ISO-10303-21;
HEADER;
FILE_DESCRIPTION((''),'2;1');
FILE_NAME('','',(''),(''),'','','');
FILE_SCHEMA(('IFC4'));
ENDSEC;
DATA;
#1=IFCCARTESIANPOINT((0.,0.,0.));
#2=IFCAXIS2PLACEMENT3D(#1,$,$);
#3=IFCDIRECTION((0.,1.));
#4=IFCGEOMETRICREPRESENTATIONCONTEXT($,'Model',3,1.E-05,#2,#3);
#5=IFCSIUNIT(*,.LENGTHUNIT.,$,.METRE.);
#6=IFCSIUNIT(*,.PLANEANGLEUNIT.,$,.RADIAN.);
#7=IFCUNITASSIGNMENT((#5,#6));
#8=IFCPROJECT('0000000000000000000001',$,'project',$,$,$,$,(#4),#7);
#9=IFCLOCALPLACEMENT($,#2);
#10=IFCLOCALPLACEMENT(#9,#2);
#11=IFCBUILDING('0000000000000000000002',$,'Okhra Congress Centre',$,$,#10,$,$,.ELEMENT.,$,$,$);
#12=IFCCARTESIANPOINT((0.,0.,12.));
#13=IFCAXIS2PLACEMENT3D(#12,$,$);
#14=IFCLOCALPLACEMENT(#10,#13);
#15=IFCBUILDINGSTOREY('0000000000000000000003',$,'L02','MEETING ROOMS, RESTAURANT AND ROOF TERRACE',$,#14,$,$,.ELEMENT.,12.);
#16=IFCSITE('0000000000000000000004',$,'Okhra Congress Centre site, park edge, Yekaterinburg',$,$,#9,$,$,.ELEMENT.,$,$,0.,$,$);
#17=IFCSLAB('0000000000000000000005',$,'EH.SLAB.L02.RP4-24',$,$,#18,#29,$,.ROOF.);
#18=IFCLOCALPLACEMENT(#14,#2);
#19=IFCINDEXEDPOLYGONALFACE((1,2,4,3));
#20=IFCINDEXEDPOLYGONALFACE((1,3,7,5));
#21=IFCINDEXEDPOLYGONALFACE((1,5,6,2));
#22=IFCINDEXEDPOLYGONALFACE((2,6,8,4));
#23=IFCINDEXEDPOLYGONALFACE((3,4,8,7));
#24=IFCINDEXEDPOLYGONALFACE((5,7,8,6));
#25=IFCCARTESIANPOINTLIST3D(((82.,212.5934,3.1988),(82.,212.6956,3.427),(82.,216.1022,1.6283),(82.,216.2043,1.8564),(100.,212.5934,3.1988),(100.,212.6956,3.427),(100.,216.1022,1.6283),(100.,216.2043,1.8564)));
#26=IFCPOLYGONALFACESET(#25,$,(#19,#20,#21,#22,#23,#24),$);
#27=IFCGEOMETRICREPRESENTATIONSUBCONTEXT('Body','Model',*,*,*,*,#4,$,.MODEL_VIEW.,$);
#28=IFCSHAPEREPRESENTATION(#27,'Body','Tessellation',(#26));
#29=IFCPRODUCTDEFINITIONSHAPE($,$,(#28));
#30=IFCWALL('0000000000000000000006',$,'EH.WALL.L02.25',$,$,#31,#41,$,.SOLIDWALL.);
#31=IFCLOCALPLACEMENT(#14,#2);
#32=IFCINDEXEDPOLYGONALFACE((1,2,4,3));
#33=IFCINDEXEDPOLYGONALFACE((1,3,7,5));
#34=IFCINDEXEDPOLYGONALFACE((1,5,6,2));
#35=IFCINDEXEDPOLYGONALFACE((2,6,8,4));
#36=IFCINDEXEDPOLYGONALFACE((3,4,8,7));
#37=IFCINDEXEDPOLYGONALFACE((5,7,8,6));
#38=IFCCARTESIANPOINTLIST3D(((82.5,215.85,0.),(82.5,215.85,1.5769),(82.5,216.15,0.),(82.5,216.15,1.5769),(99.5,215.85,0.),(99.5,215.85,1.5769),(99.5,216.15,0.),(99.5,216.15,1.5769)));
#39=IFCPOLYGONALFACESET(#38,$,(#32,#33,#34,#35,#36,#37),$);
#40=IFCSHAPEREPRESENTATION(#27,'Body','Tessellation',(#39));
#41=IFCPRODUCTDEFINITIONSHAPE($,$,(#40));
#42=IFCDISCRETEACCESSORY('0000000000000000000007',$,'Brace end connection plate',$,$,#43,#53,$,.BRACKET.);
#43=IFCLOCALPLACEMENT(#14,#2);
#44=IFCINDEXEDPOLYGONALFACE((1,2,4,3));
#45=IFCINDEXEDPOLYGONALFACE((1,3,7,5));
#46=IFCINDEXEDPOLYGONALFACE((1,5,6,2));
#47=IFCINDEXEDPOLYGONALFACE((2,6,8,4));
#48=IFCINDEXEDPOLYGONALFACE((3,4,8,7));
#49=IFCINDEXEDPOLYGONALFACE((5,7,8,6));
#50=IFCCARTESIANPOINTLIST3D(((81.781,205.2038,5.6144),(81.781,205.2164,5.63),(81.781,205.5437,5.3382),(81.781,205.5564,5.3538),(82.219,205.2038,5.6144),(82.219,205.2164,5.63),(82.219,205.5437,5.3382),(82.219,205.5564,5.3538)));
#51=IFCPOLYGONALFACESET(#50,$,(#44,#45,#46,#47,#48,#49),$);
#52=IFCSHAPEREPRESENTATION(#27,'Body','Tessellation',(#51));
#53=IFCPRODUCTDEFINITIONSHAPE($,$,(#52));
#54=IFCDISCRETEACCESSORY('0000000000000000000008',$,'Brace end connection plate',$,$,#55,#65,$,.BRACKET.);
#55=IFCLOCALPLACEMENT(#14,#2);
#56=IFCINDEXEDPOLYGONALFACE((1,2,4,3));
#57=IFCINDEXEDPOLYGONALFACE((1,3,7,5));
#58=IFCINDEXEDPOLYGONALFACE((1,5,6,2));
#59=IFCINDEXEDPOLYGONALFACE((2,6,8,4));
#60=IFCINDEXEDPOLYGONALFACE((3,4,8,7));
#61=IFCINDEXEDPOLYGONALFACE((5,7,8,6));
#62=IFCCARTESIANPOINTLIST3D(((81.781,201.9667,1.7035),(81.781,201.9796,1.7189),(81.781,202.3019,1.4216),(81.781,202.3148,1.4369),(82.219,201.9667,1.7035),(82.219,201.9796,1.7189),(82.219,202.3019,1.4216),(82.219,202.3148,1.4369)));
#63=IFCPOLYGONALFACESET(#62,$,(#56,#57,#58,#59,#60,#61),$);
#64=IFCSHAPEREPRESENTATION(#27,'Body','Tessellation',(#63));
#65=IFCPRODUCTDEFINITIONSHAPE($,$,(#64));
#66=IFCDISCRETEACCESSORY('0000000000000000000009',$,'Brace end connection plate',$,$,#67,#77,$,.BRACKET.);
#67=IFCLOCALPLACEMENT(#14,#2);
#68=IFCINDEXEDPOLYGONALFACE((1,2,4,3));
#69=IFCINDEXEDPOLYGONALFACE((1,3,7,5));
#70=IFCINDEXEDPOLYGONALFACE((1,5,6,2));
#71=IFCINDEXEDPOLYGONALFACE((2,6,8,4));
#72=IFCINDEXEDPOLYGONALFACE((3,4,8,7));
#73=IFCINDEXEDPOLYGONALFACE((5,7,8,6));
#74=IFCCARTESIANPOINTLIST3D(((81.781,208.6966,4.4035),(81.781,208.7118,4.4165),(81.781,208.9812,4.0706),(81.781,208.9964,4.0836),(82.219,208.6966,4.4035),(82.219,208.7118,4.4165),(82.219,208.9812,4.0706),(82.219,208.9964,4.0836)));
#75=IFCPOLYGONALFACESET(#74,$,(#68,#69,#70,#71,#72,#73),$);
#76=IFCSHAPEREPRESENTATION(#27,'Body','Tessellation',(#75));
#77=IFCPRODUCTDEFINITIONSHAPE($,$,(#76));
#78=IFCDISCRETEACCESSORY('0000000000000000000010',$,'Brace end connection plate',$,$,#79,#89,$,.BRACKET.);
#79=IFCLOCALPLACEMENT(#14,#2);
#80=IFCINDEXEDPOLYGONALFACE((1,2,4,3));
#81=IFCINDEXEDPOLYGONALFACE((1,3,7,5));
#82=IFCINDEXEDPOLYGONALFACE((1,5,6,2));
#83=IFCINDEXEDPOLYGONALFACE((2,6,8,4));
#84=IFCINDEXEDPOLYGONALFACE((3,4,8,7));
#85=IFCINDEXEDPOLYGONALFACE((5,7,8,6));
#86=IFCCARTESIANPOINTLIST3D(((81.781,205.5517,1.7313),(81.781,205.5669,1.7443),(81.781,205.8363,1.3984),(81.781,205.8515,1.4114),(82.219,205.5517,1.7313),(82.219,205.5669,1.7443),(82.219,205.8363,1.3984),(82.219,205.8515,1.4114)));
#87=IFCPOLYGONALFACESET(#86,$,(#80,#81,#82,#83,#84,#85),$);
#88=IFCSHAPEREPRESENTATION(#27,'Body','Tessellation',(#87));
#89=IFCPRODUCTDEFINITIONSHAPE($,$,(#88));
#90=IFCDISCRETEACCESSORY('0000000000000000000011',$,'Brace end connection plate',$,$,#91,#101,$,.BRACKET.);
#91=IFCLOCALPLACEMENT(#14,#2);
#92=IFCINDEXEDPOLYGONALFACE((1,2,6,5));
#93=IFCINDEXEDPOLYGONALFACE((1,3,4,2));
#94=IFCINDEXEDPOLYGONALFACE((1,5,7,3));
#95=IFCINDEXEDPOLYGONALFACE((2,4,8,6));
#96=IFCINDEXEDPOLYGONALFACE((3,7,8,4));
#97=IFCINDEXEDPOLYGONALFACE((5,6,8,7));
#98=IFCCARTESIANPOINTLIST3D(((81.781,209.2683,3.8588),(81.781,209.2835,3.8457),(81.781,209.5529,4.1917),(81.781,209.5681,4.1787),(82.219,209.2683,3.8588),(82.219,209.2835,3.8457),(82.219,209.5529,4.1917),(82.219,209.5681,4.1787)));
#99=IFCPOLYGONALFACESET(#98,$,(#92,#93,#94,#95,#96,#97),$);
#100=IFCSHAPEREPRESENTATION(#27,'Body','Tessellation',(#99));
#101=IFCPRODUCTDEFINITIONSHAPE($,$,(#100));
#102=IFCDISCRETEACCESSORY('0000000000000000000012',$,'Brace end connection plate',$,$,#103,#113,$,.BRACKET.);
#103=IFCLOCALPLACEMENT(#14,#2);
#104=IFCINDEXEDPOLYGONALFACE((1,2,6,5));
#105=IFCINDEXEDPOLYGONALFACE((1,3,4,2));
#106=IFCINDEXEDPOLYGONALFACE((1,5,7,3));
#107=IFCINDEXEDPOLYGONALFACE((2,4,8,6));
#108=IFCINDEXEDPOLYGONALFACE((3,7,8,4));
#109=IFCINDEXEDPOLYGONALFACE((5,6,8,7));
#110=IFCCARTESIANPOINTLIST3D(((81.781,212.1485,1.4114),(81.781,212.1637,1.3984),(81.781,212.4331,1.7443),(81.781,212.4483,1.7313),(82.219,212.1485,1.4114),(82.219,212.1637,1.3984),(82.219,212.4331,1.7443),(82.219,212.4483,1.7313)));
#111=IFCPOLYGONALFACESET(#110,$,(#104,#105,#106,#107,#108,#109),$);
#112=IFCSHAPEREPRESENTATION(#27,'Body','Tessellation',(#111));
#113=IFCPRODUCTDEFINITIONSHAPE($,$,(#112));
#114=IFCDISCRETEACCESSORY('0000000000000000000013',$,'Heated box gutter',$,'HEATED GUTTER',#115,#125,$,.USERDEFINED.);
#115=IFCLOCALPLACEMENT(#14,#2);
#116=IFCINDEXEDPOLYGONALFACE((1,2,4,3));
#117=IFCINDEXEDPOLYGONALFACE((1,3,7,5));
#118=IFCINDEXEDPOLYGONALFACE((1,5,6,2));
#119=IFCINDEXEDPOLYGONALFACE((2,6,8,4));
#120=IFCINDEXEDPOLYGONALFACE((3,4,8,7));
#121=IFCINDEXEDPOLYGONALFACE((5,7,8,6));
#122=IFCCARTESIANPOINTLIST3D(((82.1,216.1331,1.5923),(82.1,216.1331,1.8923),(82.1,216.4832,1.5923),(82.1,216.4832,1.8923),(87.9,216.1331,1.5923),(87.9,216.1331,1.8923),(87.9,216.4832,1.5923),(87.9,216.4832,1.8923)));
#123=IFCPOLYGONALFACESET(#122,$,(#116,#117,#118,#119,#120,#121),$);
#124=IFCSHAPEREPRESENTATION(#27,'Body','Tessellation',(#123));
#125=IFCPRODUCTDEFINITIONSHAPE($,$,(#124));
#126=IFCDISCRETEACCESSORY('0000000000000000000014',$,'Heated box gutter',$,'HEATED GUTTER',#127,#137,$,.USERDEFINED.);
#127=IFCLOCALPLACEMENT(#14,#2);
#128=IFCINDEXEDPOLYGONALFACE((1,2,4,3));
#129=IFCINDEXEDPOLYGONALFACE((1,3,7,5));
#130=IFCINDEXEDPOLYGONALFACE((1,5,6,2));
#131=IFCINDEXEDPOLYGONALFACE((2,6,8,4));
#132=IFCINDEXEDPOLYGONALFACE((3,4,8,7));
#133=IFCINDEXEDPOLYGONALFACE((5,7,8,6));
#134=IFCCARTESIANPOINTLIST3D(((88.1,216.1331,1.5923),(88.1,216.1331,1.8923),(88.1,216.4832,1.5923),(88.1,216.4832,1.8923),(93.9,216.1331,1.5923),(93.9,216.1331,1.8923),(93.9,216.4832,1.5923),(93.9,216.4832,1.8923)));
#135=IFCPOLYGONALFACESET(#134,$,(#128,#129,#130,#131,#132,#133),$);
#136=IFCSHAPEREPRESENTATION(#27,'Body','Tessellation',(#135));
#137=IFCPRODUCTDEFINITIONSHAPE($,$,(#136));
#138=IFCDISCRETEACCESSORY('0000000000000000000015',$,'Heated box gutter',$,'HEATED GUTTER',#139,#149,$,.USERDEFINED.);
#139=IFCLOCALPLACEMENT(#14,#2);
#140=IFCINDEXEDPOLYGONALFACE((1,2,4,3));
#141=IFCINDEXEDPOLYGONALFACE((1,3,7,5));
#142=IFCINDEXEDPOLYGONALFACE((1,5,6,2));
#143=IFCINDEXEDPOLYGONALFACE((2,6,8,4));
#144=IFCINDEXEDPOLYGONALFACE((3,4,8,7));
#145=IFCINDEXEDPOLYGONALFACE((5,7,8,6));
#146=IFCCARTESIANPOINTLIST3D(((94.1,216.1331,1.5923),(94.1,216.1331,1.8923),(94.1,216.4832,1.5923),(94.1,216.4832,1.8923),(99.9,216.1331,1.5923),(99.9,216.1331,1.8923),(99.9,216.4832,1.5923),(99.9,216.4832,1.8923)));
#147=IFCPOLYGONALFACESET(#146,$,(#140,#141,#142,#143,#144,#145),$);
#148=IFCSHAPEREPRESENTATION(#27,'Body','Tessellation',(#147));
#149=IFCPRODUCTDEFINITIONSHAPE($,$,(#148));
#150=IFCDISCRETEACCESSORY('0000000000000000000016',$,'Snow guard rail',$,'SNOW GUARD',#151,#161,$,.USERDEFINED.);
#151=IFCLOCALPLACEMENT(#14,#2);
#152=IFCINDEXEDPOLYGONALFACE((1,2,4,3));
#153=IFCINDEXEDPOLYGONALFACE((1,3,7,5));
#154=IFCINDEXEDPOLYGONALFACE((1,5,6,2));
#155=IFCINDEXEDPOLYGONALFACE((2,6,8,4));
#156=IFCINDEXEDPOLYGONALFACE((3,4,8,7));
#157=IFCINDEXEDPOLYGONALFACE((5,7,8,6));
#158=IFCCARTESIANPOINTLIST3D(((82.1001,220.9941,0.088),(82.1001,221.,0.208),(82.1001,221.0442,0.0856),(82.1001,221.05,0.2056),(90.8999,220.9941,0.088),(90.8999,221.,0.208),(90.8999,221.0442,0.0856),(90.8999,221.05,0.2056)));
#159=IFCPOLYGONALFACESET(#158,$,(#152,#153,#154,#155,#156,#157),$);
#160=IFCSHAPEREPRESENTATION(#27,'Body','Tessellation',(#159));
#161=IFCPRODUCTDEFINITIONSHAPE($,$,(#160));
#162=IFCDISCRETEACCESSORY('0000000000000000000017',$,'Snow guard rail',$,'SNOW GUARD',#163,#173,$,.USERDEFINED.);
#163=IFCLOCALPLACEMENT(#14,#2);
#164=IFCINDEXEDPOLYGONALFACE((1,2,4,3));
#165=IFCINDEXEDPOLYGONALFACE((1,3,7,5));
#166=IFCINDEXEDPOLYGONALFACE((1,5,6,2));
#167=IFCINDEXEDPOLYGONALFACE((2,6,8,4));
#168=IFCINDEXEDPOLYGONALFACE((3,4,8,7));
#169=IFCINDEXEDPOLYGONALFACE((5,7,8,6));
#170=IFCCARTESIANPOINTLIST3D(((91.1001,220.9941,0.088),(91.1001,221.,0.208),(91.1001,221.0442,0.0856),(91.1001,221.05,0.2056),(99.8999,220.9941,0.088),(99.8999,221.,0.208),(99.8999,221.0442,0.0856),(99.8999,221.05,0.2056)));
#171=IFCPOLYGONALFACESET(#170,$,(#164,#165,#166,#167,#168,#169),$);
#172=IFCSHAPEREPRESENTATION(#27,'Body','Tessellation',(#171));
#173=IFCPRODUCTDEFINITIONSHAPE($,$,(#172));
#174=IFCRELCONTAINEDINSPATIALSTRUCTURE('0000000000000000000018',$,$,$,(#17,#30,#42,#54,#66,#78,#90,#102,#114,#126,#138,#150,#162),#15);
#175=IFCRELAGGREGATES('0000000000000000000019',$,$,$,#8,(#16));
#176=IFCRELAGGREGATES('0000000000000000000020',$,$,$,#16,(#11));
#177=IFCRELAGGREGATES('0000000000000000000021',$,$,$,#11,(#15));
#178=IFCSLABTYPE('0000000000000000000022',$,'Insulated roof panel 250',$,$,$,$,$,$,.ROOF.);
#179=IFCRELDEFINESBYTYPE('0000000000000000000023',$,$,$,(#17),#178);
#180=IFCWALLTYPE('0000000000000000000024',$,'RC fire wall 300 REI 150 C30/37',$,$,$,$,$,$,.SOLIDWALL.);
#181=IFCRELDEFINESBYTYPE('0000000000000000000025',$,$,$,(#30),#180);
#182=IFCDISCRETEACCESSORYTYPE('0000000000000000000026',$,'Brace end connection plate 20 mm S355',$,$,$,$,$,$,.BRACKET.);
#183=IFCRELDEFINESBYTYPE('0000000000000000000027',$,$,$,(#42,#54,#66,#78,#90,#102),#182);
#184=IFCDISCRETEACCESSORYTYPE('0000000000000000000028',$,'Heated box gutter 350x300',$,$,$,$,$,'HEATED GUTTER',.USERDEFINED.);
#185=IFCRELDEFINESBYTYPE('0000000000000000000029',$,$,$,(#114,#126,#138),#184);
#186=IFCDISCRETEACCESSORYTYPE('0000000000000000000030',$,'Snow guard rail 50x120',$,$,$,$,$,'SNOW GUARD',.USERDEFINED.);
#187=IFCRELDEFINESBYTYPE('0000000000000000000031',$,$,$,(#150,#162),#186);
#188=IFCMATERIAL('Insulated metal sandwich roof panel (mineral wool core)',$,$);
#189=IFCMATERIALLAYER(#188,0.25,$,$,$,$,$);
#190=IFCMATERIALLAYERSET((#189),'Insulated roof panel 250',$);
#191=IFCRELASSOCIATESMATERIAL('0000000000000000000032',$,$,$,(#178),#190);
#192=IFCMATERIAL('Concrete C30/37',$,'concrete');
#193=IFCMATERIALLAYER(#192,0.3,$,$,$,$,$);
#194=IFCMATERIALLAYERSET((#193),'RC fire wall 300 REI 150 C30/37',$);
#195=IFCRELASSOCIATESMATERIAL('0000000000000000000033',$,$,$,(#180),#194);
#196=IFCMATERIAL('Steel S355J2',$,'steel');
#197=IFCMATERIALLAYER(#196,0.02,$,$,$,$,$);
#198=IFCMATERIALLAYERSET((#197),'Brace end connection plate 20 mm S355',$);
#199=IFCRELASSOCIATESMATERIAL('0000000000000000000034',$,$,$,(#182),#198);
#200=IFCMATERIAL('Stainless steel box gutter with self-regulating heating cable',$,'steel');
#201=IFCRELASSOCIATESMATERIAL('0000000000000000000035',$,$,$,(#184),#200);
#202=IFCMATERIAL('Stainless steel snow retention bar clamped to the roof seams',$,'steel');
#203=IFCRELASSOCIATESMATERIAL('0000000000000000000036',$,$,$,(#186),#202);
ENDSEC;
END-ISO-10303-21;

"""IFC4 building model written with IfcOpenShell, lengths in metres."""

from ifc_helpers import new_model, si_unit, direction, frame, frame_2d, origin, origin_2d, place, context, subcontext, project, spatial, polyline, rectangle, outline, extrude, material, layer, layer_set, type_object, element, save


model = new_model("IFC4")

# Units and contexts
model_context = context("Model", 3, precision=1e-05, world=origin(), true_north=direction((0.0, 1.0)))
body_context = subcontext(model_context, "Body", "Model", "MODEL_VIEW")
ifc_project = project(units=[si_unit("LENGTHUNIT", "METRE"), si_unit("PLANEANGLEUNIT", "RADIAN")], contexts=[model_context])

# Site, building, storey
site_placement = place(None, origin())
site = spatial("IfcSite", under=ifc_project, at=site_placement, Name="Okhra Congress Centre site, park edge, Yekaterinburg", CompositionType="ELEMENT", RefElevation=0.0)
building_placement = place(site_placement, origin())
building = spatial("IfcBuilding", under=site, at=building_placement, Name="Okhra Congress Centre", CompositionType="ELEMENT")
storey_placement = place(building_placement, frame((0.0, 0.0, 12.0)))
storey = spatial("IfcBuildingStorey", under=building, at=storey_placement, Name="L02", Description="MEETING ROOMS, RESTAURANT AND ROOF TERRACE", CompositionType="ELEMENT", Elevation=12.0)

# Shared definitions
ifc_material_1 = material(Name="Steel S355J2", Category="steel")

# Slab
ifc_material_2 = material(Name="Insulated metal sandwich roof panel (mineral wool core)")
ifc_layer_1 = layer(ifc_material_2, 0.25)
ifc_layer_set_1 = layer_set([ifc_layer_1], Name="Insulated roof panel 250")
slab_type = type_object("IfcSlabType", Name="Insulated roof panel 250", PredefinedType="ROOF", material=ifc_layer_set_1)
slab_1_placement = place(storey_placement, frame((82.0, 212.6956, 3.427), z_axis=(0.0, 0.408547, 0.912737), x_axis=(1.0, 0.0, 0.0)))
element("IfcSlab", 1, at=slab_1_placement, inside=storey, type_object=slab_type, Name="EH.SLAB.L02.RP4-24", PredefinedType="ROOF", context=body_context, shape_type="SweptSolid", body=[
    extrude(outline(polyline([(0.0, 0.0), (18.0, 0.0), (18.0, 3.8442), (0.0, 3.8442), (0.0, 0.0)])), origin(), (0.0, 0.0, -1.0), 0.25),
])

# Wall
ifc_material_3 = material(Name="Concrete C30/37", Category="concrete")
ifc_layer_2 = layer(ifc_material_3, 0.3)
ifc_layer_set_2 = layer_set([ifc_layer_2], Name="RC fire wall 300 REI 150 C30/37")
wall_type = type_object("IfcWallType", Name="RC fire wall 300 REI 150 C30/37", PredefinedType="SOLIDWALL", material=ifc_layer_set_2)
wall_placement = place(storey_placement, frame((82.5, 216.0, 0.0), z_axis=(0.0, 0.0, 1.0), x_axis=(1.0, 0.0, 0.0)))
element("IfcWall", 2, at=wall_placement, inside=storey, type_object=wall_type, Name="EH.WALL.L02.25", PredefinedType="SOLIDWALL", context=body_context, shape_type="SweptSolid", body=[
    extrude(rectangle(XDim=17.0, YDim=0.3, at=frame_2d((8.5, 0.0))), origin(), (0.0, 0.0, 1.0), 1.5769),
])

# Discrete accessories
ifc_layer_3 = layer(ifc_material_1, 0.02)
ifc_layer_set_3 = layer_set([ifc_layer_3], Name="Brace end connection plate 20 mm S355")
discrete_accessory_type_1 = type_object("IfcDiscreteAccessoryType", Name="Brace end connection plate 20 mm S355", PredefinedType="BRACKET", material=ifc_layer_set_3)
for number, where, z_axis, x_axis, name in (
    (3, (82.0, 205.3738, 5.4763), (0.0, 0.630593, 0.776114), (-1.0, 0.0, 0.0), "Brace end connection plate"),
    (4, (82.0, 202.1472, 1.5779), (0.0, -0.643762, -0.765226), (1.0, 0.0, 0.0), "Brace end connection plate"),
    (5, (82.0, 208.8389, 4.2371), (0.0, 0.760121, 0.649781), (-1.0, 0.0, 0.0), "Brace end connection plate"),
    (6, (82.0, 205.7092, 1.5779), (0.0, -0.760121, -0.649781), (1.0, 0.0, 0.0), "Brace end connection plate"),
    (7, (82.0, 209.4258, 4.0122), (0.0, -0.760121, 0.649781), (1.0, 0.0, 0.0), "Brace end connection plate"),
    (8, (82.0, 212.2908, 1.5779), (0.0, 0.760121, -0.649781), (-1.0, 0.0, 0.0), "Brace end connection plate"),
):
    element("IfcDiscreteAccessory", number, at=place(storey_placement, frame(where, z_axis=z_axis, x_axis=x_axis)), inside=storey, type_object=discrete_accessory_type_1, Name=name, PredefinedType="BRACKET", context=body_context, shape_type="SweptSolid", body=[
        extrude(rectangle(XDim=0.438, YDim=0.438, at=origin_2d()), origin(), (0.0, 0.0, 1.0), 0.02),
    ])
ifc_material_4 = material(Name="Stainless steel box gutter with self-regulating heating cable", Category="steel")
discrete_accessory_type_2 = type_object("IfcDiscreteAccessoryType", Name="Heated box gutter 350x300", ElementType="HEATED GUTTER", PredefinedType="USERDEFINED", material=ifc_material_4)
for number, where, z_axis, x_axis, name in (
    (9, (85.0, 216.3081, 1.5923), (0.0, 0.0, 1.0), (1.0, 0.0, 0.0), "Heated box gutter"),
    (10, (91.0, 216.3081, 1.5923), (0.0, 0.0, 1.0), (1.0, 0.0, 0.0), "Heated box gutter"),
    (11, (97.0, 216.3081, 1.5923), (0.0, 0.0, 1.0), (1.0, 0.0, 0.0), "Heated box gutter"),
):
    element("IfcDiscreteAccessory", number, at=place(storey_placement, frame(where, z_axis=z_axis, x_axis=x_axis)), inside=storey, type_object=discrete_accessory_type_2, Name=name, ObjectType="HEATED GUTTER", PredefinedType="USERDEFINED", context=body_context, shape_type="SweptSolid", body=[
        extrude(rectangle(XDim=5.8, YDim=0.3501, at=origin_2d()), origin(), (0.0, 0.0, 1.0), 0.3),
    ])
ifc_material_5 = material(Name="Stainless steel snow retention bar clamped to the roof seams", Category="steel")
discrete_accessory_type_3 = type_object("IfcDiscreteAccessoryType", Name="Snow guard rail 50x120", ElementType="SNOW GUARD", PredefinedType="USERDEFINED", material=ifc_material_5)
for number, where, z_axis, x_axis, name in (
    (12, (82.1001, 221.0, 0.208), (0.0, 0.048723, 0.998812), (1.0, 0.0, 0.0), "Snow guard rail"),
    (13, (91.1001, 221.0, 0.208), (0.0, 0.048723, 0.998812), (1.0, 0.0, 0.0), "Snow guard rail"),
):
    element("IfcDiscreteAccessory", number, at=place(storey_placement, frame(where, z_axis=z_axis, x_axis=x_axis)), inside=storey, type_object=discrete_accessory_type_3, Name=name, ObjectType="SNOW GUARD", PredefinedType="USERDEFINED", context=body_context, shape_type="SweptSolid", body=[
        extrude(outline(polyline([(0.0, 0.0), (8.7998, 0.0), (8.7998, 0.0501), (0.0, 0.0501), (0.0, 0.0)])), origin(), (0.0, 0.0, -1.0), 0.1201),
    ])

save(model, "model.ifc")
